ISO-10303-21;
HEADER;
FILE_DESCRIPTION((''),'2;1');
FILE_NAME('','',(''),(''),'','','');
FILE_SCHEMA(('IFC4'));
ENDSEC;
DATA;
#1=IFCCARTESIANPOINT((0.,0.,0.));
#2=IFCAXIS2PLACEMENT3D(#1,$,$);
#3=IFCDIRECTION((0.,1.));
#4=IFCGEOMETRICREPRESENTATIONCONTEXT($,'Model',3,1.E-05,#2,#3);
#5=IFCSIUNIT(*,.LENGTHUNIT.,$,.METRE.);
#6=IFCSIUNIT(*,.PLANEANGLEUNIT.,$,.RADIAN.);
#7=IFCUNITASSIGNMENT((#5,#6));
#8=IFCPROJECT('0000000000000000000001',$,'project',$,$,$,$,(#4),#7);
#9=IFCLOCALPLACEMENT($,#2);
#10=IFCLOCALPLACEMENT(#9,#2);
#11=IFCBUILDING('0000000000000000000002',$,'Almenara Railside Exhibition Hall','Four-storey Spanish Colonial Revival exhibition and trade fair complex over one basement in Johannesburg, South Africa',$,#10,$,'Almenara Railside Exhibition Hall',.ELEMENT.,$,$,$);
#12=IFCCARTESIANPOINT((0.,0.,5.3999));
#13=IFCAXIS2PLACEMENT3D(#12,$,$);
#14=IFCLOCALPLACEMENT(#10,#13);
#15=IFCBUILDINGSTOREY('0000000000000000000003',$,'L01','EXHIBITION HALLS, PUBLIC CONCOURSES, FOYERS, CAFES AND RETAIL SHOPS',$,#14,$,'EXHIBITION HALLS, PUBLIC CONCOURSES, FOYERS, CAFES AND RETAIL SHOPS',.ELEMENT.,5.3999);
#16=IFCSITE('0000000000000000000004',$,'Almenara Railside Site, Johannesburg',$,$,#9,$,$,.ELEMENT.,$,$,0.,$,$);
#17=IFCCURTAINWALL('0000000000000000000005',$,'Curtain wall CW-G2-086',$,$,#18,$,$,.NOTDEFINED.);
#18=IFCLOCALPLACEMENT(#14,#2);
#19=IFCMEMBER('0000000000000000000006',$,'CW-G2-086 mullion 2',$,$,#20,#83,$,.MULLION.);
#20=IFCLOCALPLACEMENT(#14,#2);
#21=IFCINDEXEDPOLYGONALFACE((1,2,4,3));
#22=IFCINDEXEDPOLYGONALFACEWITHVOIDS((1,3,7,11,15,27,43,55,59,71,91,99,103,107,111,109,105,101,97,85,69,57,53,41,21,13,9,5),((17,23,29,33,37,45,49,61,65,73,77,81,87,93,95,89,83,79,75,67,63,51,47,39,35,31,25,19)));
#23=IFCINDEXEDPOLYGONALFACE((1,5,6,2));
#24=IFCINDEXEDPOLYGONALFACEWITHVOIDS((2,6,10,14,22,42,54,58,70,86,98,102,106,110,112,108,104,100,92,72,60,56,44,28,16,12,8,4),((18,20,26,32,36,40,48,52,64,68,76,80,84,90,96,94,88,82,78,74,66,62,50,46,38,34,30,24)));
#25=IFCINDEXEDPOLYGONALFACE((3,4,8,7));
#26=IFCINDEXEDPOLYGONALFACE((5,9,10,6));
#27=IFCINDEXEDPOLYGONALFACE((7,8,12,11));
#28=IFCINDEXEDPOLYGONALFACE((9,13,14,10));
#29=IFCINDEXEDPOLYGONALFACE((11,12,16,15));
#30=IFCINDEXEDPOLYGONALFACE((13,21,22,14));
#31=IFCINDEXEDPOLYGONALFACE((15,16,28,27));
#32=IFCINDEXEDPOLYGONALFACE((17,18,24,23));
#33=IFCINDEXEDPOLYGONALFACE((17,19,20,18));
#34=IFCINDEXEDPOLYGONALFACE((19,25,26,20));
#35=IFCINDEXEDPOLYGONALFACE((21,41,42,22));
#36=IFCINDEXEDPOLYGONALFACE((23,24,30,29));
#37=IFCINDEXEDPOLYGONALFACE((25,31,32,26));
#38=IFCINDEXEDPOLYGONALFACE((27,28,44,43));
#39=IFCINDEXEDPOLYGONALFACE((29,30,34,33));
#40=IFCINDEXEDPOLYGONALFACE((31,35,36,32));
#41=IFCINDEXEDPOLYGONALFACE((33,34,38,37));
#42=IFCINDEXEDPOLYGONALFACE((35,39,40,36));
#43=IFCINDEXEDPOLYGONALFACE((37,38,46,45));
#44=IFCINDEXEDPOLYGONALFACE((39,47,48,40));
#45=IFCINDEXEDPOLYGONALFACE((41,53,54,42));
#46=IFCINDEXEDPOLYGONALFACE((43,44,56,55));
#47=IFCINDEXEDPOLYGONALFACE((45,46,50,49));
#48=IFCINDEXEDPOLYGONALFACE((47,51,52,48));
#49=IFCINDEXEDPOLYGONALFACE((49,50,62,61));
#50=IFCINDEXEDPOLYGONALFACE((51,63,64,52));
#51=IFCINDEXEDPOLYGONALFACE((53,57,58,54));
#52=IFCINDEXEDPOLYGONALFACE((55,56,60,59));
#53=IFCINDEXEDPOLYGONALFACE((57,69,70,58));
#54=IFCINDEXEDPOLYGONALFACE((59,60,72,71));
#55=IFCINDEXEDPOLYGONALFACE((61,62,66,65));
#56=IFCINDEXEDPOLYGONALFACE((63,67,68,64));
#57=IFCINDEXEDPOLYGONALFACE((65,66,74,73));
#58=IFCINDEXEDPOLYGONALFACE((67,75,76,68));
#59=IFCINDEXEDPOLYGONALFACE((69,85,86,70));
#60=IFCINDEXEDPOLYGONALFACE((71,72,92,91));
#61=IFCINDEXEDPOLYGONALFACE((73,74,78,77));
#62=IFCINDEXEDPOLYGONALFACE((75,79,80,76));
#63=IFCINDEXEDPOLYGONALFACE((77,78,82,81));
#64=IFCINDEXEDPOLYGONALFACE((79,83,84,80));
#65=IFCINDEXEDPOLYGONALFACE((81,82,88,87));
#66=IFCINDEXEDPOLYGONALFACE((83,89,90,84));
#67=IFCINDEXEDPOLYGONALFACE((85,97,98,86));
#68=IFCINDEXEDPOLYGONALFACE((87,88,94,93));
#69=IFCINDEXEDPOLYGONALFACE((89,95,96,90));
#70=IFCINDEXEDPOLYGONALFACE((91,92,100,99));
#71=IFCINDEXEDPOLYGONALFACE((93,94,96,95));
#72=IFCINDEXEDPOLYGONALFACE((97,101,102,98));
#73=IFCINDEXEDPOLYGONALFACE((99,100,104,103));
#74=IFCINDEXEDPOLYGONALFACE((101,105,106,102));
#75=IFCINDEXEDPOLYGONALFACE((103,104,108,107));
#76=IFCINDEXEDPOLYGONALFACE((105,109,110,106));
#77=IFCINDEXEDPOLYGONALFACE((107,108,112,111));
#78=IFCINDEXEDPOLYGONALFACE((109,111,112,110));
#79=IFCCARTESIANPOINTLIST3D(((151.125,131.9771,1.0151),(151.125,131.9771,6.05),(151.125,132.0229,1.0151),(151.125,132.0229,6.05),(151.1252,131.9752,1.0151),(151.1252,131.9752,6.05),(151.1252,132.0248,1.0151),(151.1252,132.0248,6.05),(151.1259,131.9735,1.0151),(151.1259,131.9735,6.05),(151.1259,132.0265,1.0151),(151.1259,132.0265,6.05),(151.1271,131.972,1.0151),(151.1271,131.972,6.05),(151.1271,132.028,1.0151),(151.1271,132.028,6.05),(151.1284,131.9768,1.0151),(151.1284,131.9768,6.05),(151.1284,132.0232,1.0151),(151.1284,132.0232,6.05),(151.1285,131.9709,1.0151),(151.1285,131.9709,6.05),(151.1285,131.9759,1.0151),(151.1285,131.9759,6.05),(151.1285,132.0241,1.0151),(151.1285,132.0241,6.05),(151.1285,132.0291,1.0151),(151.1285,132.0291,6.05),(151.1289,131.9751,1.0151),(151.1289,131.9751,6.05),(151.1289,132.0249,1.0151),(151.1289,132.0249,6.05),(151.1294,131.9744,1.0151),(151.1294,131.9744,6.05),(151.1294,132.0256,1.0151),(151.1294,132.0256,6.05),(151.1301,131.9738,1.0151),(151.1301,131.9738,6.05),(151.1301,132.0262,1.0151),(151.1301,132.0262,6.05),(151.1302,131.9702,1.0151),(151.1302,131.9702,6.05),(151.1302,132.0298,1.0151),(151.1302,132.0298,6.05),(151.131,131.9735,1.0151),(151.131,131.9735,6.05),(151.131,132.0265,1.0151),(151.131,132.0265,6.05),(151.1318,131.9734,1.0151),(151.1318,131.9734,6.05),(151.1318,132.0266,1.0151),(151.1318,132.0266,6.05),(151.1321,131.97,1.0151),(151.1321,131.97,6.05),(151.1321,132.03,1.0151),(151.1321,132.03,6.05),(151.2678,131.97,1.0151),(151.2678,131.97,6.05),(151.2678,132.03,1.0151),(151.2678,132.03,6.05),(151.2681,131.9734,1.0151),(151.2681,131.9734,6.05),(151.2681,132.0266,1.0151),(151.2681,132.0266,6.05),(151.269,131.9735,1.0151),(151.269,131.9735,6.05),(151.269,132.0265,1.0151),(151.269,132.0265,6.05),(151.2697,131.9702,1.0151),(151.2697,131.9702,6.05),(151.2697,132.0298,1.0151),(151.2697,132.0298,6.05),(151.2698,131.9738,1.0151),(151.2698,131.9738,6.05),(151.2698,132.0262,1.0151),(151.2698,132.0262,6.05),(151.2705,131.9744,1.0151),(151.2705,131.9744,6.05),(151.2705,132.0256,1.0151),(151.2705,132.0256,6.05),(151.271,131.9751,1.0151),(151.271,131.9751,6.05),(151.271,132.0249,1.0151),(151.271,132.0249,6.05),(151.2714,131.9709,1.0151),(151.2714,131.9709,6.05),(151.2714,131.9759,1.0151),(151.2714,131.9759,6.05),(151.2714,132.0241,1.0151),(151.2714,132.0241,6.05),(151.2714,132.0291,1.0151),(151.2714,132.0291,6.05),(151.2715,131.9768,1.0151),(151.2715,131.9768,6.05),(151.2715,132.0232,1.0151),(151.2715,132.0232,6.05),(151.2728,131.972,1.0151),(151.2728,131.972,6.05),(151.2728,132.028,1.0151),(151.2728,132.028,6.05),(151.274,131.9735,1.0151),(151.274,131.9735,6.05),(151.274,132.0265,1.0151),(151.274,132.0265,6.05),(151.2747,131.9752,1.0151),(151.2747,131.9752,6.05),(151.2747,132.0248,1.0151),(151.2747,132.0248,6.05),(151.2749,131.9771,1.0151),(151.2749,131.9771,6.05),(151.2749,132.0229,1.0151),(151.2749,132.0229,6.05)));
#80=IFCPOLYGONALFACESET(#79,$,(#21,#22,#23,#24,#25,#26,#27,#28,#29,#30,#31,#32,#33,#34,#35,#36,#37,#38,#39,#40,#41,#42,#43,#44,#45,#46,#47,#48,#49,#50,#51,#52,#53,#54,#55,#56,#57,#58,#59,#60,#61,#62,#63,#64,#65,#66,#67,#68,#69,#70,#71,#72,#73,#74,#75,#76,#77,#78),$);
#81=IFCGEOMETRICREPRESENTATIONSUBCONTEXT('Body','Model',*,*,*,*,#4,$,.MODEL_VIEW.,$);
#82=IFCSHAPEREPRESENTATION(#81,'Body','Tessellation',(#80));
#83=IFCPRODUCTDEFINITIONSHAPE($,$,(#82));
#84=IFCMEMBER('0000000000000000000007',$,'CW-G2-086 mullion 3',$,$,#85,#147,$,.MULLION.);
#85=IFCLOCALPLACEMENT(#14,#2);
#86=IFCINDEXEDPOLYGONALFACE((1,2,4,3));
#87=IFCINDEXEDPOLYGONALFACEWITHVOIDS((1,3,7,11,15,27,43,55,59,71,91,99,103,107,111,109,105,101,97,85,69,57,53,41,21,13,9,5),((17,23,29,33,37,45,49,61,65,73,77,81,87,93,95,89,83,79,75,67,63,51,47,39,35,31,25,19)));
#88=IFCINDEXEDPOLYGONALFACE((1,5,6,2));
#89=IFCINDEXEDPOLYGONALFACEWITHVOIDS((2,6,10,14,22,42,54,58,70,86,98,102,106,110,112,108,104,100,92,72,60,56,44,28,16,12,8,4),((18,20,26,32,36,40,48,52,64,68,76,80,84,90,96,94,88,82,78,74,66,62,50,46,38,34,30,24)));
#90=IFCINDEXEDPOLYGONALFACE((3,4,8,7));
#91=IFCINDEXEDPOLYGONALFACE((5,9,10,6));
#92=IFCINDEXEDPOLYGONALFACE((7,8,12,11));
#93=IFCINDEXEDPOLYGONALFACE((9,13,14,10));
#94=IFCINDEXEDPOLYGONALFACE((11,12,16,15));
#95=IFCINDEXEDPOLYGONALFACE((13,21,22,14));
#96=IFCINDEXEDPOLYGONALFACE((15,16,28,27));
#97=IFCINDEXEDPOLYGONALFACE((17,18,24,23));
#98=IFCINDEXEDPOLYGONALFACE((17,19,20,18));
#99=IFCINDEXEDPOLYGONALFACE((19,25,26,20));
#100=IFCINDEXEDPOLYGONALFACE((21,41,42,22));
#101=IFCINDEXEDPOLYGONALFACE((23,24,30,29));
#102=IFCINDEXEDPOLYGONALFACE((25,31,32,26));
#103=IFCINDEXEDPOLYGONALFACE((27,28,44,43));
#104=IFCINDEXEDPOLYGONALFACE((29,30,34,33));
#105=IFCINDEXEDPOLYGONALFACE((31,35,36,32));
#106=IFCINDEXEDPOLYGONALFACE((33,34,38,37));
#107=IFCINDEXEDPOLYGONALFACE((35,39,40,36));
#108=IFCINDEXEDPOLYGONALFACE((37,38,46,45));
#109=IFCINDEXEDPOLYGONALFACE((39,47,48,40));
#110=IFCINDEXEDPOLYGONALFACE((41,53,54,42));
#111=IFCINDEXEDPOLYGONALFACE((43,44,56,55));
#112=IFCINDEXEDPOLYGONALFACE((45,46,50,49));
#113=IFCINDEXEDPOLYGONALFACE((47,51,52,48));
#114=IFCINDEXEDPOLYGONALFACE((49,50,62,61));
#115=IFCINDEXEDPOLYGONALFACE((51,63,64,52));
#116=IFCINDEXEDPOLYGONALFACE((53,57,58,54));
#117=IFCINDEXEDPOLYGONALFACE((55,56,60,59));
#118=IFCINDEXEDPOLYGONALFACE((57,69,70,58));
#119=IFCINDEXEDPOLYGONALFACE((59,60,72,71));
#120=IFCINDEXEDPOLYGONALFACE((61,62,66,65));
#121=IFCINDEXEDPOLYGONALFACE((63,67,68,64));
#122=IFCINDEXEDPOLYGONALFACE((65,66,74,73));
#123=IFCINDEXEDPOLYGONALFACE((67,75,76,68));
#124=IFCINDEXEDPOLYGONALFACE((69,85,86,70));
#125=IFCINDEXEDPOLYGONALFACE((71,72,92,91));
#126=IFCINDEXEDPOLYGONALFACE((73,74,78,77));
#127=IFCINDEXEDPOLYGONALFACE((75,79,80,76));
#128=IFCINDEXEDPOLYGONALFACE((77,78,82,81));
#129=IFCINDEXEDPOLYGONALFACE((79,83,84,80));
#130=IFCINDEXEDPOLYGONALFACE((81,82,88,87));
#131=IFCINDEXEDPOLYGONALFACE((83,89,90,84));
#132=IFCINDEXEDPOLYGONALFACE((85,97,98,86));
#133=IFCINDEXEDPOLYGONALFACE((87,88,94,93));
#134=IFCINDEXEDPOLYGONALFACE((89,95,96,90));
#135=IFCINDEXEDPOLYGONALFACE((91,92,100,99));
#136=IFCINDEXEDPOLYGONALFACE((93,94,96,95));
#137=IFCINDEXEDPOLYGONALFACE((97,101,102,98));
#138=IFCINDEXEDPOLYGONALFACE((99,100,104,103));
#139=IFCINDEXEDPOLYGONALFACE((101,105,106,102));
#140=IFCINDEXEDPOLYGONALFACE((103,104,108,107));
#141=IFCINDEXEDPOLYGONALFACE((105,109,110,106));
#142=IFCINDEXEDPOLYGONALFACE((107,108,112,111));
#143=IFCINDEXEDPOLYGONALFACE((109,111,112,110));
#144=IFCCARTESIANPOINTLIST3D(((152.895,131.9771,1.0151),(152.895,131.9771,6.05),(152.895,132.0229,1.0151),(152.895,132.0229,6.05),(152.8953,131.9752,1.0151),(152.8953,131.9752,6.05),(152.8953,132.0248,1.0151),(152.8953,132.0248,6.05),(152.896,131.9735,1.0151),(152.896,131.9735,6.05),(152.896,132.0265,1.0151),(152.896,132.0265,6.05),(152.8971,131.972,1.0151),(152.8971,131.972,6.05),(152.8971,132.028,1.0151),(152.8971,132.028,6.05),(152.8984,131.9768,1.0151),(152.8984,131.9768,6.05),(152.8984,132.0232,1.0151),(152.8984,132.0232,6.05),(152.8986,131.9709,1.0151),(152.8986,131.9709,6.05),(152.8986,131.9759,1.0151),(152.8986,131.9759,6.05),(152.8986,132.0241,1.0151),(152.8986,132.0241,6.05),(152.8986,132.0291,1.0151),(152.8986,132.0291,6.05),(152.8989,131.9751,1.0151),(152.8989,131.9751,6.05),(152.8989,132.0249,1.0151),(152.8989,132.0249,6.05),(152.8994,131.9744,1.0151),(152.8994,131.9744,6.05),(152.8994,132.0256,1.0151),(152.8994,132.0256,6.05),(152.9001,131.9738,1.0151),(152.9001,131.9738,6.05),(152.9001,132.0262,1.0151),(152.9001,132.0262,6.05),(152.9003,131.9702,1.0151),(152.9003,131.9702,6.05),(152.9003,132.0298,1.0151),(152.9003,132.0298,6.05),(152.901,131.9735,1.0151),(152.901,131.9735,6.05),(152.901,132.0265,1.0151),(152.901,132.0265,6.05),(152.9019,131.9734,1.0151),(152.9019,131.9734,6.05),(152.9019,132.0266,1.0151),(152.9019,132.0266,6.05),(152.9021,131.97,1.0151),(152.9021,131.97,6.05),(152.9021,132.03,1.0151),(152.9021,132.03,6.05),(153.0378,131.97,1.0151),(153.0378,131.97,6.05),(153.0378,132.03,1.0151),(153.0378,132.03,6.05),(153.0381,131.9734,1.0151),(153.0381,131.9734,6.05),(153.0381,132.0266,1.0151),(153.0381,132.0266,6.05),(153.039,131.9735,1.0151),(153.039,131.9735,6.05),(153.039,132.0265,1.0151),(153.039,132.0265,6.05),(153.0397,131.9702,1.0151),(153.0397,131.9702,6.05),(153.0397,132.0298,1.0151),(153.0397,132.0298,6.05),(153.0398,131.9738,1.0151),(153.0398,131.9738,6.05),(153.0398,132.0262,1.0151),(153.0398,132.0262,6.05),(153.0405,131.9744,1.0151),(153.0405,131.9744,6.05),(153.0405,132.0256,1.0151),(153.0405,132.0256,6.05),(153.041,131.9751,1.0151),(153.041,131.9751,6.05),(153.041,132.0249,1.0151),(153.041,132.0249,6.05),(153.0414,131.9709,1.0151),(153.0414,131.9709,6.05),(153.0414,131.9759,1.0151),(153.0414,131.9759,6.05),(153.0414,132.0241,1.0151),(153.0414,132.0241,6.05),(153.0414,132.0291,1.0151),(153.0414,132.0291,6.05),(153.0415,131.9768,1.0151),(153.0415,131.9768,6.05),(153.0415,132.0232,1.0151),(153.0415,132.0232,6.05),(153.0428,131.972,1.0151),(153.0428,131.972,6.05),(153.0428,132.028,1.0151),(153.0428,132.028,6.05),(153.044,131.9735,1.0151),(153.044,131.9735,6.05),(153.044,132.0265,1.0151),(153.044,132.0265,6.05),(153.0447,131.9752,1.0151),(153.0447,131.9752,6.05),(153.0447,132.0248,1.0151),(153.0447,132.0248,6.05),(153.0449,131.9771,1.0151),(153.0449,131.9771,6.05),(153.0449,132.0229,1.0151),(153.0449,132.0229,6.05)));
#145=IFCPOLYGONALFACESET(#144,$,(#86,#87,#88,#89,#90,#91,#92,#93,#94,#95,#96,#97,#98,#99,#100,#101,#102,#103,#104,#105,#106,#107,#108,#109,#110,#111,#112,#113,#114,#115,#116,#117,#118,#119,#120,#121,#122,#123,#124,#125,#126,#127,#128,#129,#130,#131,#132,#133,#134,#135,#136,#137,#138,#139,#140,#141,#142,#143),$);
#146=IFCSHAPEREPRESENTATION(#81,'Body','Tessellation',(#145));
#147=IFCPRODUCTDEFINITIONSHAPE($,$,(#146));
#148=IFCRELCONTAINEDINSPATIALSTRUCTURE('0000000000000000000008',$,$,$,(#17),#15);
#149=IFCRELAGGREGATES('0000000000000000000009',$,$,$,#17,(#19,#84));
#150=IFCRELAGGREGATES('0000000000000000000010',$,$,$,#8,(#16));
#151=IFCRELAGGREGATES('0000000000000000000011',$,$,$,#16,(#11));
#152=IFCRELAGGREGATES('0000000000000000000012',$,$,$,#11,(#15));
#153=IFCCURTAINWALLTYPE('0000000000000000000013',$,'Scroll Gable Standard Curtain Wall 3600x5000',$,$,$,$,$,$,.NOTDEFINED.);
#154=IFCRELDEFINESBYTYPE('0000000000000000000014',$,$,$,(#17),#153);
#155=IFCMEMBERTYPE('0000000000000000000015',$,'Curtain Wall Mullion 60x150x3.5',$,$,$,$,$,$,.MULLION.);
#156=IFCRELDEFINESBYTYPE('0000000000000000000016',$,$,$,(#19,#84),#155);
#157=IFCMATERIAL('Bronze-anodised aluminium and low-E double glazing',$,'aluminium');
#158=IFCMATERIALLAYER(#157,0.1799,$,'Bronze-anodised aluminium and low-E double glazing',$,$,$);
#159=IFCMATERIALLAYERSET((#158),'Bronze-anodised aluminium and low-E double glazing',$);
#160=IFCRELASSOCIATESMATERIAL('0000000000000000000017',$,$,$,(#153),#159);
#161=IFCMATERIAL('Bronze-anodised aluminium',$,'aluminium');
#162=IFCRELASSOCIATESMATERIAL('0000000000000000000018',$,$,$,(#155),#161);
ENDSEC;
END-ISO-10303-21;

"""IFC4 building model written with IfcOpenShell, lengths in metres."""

from ifc_helpers import new_model, si_unit, direction, frame, origin, origin_2d, place, context, subcontext, project, spatial, hollow_rectangle, extrude, material, layer, layer_set, material_profile, profile_set, type_object, element, aggregate, save


model = new_model("IFC4")

# Units and contexts
model_context = context("Model", 3, precision=1e-05, world=origin(), true_north=direction((0.0, 1.0)))
body_context = subcontext(model_context, "Body", "Model", "MODEL_VIEW")
ifc_project = project(units=[si_unit("LENGTHUNIT", "METRE"), si_unit("PLANEANGLEUNIT", "RADIAN")], contexts=[model_context])

# Site, building, storey
site_placement = place(None, origin())
site = spatial("IfcSite", under=ifc_project, at=site_placement, Name="Almenara Railside Site, Johannesburg", CompositionType="ELEMENT", RefElevation=0.0)
building_placement = place(site_placement, origin())
building = spatial("IfcBuilding", under=site, at=building_placement, Name="Almenara Railside Exhibition Hall", Description="Four-storey Spanish Colonial Revival exhibition and trade fair complex over one basement in Johannesburg, South Africa", LongName="Almenara Railside Exhibition Hall", CompositionType="ELEMENT")
storey_placement = place(building_placement, frame((0.0, 0.0, 5.3999)))
storey = spatial("IfcBuildingStorey", under=building, at=storey_placement, Name="L01", Description="EXHIBITION HALLS, PUBLIC CONCOURSES, FOYERS, CAFES AND RETAIL SHOPS", LongName="EXHIBITION HALLS, PUBLIC CONCOURSES, FOYERS, CAFES AND RETAIL SHOPS", CompositionType="ELEMENT", Elevation=5.3999)

# Shared definitions
ifc_material_1 = material(Name="Bronze-anodised aluminium and low-E double glazing", Category="aluminium")
ifc_layer_1 = layer(ifc_material_1, 0.1799, Name="Bronze-anodised aluminium and low-E double glazing")
ifc_layer_set_1 = layer_set([ifc_layer_1], Name="Bronze-anodised aluminium and low-E double glazing")
curtain_wall_type = type_object("IfcCurtainWallType", Name="Scroll Gable Standard Curtain Wall 3600x5000", PredefinedType="NOTDEFINED", material=ifc_layer_set_1)
ifc_material_2 = material(Name="Bronze-anodised aluminium", Category="aluminium")

# Curtain wall, members
curtain_wall_1_placement = place(storey_placement, origin())
curtain_wall_1 = element("IfcCurtainWall", 1, at=curtain_wall_1_placement, inside=storey, type_object=curtain_wall_type, Name="Curtain wall CW-G2-086", PredefinedType="NOTDEFINED")
ifc_material_profile_1 = material_profile(ifc_material_2, hollow_rectangle(XDim=0.0601, YDim=0.1499, WallThickness=0.0034, InnerFilletRadius=0.0034, OuterFilletRadius=0.0071, at=origin_2d()), Name="ALU-MUL 60x150x3.5")
ifc_profile_set_1 = profile_set([ifc_material_profile_1], Name="Bronze-anodised aluminium")
member_type_1 = type_object("IfcMemberType", Name="Curtain Wall Mullion 60x150x3.5", PredefinedType="MULLION", material=ifc_profile_set_1)
member_1_placement = place(storey_placement, frame((151.2, 132.0, 1.0151), z_axis=(0.0, 0.0, 1.0), x_axis=(0.0, 1.0, 0.0)))
member_1 = element("IfcMember", 2, at=member_1_placement, type_object=member_type_1, Name="CW-G2-086 mullion 2", PredefinedType="MULLION", context=body_context, shape_type="SweptSolid", body=[
    extrude(hollow_rectangle(XDim=0.0601, YDim=0.1499, WallThickness=0.0034, InnerFilletRadius=0.0034, OuterFilletRadius=0.0071, at=origin_2d()), origin(), (0.0, 0.0, 1.0), 5.0349),
])
member_2_placement = place(storey_placement, frame((152.97, 132.0, 1.0151), z_axis=(0.0, 0.0, 1.0), x_axis=(0.0, 1.0, 0.0)))
member_2 = element("IfcMember", 3, at=member_2_placement, type_object=member_type_1, Name="CW-G2-086 mullion 3", PredefinedType="MULLION", context=body_context, shape_type="SweptSolid", body=[
    extrude(hollow_rectangle(XDim=0.0601, YDim=0.1499, WallThickness=0.0034, InnerFilletRadius=0.0034, OuterFilletRadius=0.0071, at=origin_2d()), origin(), (0.0, 0.0, 1.0), 5.0349),
])

aggregate(curtain_wall_1, [member_1, member_2])

save(model, "model.ifc")
